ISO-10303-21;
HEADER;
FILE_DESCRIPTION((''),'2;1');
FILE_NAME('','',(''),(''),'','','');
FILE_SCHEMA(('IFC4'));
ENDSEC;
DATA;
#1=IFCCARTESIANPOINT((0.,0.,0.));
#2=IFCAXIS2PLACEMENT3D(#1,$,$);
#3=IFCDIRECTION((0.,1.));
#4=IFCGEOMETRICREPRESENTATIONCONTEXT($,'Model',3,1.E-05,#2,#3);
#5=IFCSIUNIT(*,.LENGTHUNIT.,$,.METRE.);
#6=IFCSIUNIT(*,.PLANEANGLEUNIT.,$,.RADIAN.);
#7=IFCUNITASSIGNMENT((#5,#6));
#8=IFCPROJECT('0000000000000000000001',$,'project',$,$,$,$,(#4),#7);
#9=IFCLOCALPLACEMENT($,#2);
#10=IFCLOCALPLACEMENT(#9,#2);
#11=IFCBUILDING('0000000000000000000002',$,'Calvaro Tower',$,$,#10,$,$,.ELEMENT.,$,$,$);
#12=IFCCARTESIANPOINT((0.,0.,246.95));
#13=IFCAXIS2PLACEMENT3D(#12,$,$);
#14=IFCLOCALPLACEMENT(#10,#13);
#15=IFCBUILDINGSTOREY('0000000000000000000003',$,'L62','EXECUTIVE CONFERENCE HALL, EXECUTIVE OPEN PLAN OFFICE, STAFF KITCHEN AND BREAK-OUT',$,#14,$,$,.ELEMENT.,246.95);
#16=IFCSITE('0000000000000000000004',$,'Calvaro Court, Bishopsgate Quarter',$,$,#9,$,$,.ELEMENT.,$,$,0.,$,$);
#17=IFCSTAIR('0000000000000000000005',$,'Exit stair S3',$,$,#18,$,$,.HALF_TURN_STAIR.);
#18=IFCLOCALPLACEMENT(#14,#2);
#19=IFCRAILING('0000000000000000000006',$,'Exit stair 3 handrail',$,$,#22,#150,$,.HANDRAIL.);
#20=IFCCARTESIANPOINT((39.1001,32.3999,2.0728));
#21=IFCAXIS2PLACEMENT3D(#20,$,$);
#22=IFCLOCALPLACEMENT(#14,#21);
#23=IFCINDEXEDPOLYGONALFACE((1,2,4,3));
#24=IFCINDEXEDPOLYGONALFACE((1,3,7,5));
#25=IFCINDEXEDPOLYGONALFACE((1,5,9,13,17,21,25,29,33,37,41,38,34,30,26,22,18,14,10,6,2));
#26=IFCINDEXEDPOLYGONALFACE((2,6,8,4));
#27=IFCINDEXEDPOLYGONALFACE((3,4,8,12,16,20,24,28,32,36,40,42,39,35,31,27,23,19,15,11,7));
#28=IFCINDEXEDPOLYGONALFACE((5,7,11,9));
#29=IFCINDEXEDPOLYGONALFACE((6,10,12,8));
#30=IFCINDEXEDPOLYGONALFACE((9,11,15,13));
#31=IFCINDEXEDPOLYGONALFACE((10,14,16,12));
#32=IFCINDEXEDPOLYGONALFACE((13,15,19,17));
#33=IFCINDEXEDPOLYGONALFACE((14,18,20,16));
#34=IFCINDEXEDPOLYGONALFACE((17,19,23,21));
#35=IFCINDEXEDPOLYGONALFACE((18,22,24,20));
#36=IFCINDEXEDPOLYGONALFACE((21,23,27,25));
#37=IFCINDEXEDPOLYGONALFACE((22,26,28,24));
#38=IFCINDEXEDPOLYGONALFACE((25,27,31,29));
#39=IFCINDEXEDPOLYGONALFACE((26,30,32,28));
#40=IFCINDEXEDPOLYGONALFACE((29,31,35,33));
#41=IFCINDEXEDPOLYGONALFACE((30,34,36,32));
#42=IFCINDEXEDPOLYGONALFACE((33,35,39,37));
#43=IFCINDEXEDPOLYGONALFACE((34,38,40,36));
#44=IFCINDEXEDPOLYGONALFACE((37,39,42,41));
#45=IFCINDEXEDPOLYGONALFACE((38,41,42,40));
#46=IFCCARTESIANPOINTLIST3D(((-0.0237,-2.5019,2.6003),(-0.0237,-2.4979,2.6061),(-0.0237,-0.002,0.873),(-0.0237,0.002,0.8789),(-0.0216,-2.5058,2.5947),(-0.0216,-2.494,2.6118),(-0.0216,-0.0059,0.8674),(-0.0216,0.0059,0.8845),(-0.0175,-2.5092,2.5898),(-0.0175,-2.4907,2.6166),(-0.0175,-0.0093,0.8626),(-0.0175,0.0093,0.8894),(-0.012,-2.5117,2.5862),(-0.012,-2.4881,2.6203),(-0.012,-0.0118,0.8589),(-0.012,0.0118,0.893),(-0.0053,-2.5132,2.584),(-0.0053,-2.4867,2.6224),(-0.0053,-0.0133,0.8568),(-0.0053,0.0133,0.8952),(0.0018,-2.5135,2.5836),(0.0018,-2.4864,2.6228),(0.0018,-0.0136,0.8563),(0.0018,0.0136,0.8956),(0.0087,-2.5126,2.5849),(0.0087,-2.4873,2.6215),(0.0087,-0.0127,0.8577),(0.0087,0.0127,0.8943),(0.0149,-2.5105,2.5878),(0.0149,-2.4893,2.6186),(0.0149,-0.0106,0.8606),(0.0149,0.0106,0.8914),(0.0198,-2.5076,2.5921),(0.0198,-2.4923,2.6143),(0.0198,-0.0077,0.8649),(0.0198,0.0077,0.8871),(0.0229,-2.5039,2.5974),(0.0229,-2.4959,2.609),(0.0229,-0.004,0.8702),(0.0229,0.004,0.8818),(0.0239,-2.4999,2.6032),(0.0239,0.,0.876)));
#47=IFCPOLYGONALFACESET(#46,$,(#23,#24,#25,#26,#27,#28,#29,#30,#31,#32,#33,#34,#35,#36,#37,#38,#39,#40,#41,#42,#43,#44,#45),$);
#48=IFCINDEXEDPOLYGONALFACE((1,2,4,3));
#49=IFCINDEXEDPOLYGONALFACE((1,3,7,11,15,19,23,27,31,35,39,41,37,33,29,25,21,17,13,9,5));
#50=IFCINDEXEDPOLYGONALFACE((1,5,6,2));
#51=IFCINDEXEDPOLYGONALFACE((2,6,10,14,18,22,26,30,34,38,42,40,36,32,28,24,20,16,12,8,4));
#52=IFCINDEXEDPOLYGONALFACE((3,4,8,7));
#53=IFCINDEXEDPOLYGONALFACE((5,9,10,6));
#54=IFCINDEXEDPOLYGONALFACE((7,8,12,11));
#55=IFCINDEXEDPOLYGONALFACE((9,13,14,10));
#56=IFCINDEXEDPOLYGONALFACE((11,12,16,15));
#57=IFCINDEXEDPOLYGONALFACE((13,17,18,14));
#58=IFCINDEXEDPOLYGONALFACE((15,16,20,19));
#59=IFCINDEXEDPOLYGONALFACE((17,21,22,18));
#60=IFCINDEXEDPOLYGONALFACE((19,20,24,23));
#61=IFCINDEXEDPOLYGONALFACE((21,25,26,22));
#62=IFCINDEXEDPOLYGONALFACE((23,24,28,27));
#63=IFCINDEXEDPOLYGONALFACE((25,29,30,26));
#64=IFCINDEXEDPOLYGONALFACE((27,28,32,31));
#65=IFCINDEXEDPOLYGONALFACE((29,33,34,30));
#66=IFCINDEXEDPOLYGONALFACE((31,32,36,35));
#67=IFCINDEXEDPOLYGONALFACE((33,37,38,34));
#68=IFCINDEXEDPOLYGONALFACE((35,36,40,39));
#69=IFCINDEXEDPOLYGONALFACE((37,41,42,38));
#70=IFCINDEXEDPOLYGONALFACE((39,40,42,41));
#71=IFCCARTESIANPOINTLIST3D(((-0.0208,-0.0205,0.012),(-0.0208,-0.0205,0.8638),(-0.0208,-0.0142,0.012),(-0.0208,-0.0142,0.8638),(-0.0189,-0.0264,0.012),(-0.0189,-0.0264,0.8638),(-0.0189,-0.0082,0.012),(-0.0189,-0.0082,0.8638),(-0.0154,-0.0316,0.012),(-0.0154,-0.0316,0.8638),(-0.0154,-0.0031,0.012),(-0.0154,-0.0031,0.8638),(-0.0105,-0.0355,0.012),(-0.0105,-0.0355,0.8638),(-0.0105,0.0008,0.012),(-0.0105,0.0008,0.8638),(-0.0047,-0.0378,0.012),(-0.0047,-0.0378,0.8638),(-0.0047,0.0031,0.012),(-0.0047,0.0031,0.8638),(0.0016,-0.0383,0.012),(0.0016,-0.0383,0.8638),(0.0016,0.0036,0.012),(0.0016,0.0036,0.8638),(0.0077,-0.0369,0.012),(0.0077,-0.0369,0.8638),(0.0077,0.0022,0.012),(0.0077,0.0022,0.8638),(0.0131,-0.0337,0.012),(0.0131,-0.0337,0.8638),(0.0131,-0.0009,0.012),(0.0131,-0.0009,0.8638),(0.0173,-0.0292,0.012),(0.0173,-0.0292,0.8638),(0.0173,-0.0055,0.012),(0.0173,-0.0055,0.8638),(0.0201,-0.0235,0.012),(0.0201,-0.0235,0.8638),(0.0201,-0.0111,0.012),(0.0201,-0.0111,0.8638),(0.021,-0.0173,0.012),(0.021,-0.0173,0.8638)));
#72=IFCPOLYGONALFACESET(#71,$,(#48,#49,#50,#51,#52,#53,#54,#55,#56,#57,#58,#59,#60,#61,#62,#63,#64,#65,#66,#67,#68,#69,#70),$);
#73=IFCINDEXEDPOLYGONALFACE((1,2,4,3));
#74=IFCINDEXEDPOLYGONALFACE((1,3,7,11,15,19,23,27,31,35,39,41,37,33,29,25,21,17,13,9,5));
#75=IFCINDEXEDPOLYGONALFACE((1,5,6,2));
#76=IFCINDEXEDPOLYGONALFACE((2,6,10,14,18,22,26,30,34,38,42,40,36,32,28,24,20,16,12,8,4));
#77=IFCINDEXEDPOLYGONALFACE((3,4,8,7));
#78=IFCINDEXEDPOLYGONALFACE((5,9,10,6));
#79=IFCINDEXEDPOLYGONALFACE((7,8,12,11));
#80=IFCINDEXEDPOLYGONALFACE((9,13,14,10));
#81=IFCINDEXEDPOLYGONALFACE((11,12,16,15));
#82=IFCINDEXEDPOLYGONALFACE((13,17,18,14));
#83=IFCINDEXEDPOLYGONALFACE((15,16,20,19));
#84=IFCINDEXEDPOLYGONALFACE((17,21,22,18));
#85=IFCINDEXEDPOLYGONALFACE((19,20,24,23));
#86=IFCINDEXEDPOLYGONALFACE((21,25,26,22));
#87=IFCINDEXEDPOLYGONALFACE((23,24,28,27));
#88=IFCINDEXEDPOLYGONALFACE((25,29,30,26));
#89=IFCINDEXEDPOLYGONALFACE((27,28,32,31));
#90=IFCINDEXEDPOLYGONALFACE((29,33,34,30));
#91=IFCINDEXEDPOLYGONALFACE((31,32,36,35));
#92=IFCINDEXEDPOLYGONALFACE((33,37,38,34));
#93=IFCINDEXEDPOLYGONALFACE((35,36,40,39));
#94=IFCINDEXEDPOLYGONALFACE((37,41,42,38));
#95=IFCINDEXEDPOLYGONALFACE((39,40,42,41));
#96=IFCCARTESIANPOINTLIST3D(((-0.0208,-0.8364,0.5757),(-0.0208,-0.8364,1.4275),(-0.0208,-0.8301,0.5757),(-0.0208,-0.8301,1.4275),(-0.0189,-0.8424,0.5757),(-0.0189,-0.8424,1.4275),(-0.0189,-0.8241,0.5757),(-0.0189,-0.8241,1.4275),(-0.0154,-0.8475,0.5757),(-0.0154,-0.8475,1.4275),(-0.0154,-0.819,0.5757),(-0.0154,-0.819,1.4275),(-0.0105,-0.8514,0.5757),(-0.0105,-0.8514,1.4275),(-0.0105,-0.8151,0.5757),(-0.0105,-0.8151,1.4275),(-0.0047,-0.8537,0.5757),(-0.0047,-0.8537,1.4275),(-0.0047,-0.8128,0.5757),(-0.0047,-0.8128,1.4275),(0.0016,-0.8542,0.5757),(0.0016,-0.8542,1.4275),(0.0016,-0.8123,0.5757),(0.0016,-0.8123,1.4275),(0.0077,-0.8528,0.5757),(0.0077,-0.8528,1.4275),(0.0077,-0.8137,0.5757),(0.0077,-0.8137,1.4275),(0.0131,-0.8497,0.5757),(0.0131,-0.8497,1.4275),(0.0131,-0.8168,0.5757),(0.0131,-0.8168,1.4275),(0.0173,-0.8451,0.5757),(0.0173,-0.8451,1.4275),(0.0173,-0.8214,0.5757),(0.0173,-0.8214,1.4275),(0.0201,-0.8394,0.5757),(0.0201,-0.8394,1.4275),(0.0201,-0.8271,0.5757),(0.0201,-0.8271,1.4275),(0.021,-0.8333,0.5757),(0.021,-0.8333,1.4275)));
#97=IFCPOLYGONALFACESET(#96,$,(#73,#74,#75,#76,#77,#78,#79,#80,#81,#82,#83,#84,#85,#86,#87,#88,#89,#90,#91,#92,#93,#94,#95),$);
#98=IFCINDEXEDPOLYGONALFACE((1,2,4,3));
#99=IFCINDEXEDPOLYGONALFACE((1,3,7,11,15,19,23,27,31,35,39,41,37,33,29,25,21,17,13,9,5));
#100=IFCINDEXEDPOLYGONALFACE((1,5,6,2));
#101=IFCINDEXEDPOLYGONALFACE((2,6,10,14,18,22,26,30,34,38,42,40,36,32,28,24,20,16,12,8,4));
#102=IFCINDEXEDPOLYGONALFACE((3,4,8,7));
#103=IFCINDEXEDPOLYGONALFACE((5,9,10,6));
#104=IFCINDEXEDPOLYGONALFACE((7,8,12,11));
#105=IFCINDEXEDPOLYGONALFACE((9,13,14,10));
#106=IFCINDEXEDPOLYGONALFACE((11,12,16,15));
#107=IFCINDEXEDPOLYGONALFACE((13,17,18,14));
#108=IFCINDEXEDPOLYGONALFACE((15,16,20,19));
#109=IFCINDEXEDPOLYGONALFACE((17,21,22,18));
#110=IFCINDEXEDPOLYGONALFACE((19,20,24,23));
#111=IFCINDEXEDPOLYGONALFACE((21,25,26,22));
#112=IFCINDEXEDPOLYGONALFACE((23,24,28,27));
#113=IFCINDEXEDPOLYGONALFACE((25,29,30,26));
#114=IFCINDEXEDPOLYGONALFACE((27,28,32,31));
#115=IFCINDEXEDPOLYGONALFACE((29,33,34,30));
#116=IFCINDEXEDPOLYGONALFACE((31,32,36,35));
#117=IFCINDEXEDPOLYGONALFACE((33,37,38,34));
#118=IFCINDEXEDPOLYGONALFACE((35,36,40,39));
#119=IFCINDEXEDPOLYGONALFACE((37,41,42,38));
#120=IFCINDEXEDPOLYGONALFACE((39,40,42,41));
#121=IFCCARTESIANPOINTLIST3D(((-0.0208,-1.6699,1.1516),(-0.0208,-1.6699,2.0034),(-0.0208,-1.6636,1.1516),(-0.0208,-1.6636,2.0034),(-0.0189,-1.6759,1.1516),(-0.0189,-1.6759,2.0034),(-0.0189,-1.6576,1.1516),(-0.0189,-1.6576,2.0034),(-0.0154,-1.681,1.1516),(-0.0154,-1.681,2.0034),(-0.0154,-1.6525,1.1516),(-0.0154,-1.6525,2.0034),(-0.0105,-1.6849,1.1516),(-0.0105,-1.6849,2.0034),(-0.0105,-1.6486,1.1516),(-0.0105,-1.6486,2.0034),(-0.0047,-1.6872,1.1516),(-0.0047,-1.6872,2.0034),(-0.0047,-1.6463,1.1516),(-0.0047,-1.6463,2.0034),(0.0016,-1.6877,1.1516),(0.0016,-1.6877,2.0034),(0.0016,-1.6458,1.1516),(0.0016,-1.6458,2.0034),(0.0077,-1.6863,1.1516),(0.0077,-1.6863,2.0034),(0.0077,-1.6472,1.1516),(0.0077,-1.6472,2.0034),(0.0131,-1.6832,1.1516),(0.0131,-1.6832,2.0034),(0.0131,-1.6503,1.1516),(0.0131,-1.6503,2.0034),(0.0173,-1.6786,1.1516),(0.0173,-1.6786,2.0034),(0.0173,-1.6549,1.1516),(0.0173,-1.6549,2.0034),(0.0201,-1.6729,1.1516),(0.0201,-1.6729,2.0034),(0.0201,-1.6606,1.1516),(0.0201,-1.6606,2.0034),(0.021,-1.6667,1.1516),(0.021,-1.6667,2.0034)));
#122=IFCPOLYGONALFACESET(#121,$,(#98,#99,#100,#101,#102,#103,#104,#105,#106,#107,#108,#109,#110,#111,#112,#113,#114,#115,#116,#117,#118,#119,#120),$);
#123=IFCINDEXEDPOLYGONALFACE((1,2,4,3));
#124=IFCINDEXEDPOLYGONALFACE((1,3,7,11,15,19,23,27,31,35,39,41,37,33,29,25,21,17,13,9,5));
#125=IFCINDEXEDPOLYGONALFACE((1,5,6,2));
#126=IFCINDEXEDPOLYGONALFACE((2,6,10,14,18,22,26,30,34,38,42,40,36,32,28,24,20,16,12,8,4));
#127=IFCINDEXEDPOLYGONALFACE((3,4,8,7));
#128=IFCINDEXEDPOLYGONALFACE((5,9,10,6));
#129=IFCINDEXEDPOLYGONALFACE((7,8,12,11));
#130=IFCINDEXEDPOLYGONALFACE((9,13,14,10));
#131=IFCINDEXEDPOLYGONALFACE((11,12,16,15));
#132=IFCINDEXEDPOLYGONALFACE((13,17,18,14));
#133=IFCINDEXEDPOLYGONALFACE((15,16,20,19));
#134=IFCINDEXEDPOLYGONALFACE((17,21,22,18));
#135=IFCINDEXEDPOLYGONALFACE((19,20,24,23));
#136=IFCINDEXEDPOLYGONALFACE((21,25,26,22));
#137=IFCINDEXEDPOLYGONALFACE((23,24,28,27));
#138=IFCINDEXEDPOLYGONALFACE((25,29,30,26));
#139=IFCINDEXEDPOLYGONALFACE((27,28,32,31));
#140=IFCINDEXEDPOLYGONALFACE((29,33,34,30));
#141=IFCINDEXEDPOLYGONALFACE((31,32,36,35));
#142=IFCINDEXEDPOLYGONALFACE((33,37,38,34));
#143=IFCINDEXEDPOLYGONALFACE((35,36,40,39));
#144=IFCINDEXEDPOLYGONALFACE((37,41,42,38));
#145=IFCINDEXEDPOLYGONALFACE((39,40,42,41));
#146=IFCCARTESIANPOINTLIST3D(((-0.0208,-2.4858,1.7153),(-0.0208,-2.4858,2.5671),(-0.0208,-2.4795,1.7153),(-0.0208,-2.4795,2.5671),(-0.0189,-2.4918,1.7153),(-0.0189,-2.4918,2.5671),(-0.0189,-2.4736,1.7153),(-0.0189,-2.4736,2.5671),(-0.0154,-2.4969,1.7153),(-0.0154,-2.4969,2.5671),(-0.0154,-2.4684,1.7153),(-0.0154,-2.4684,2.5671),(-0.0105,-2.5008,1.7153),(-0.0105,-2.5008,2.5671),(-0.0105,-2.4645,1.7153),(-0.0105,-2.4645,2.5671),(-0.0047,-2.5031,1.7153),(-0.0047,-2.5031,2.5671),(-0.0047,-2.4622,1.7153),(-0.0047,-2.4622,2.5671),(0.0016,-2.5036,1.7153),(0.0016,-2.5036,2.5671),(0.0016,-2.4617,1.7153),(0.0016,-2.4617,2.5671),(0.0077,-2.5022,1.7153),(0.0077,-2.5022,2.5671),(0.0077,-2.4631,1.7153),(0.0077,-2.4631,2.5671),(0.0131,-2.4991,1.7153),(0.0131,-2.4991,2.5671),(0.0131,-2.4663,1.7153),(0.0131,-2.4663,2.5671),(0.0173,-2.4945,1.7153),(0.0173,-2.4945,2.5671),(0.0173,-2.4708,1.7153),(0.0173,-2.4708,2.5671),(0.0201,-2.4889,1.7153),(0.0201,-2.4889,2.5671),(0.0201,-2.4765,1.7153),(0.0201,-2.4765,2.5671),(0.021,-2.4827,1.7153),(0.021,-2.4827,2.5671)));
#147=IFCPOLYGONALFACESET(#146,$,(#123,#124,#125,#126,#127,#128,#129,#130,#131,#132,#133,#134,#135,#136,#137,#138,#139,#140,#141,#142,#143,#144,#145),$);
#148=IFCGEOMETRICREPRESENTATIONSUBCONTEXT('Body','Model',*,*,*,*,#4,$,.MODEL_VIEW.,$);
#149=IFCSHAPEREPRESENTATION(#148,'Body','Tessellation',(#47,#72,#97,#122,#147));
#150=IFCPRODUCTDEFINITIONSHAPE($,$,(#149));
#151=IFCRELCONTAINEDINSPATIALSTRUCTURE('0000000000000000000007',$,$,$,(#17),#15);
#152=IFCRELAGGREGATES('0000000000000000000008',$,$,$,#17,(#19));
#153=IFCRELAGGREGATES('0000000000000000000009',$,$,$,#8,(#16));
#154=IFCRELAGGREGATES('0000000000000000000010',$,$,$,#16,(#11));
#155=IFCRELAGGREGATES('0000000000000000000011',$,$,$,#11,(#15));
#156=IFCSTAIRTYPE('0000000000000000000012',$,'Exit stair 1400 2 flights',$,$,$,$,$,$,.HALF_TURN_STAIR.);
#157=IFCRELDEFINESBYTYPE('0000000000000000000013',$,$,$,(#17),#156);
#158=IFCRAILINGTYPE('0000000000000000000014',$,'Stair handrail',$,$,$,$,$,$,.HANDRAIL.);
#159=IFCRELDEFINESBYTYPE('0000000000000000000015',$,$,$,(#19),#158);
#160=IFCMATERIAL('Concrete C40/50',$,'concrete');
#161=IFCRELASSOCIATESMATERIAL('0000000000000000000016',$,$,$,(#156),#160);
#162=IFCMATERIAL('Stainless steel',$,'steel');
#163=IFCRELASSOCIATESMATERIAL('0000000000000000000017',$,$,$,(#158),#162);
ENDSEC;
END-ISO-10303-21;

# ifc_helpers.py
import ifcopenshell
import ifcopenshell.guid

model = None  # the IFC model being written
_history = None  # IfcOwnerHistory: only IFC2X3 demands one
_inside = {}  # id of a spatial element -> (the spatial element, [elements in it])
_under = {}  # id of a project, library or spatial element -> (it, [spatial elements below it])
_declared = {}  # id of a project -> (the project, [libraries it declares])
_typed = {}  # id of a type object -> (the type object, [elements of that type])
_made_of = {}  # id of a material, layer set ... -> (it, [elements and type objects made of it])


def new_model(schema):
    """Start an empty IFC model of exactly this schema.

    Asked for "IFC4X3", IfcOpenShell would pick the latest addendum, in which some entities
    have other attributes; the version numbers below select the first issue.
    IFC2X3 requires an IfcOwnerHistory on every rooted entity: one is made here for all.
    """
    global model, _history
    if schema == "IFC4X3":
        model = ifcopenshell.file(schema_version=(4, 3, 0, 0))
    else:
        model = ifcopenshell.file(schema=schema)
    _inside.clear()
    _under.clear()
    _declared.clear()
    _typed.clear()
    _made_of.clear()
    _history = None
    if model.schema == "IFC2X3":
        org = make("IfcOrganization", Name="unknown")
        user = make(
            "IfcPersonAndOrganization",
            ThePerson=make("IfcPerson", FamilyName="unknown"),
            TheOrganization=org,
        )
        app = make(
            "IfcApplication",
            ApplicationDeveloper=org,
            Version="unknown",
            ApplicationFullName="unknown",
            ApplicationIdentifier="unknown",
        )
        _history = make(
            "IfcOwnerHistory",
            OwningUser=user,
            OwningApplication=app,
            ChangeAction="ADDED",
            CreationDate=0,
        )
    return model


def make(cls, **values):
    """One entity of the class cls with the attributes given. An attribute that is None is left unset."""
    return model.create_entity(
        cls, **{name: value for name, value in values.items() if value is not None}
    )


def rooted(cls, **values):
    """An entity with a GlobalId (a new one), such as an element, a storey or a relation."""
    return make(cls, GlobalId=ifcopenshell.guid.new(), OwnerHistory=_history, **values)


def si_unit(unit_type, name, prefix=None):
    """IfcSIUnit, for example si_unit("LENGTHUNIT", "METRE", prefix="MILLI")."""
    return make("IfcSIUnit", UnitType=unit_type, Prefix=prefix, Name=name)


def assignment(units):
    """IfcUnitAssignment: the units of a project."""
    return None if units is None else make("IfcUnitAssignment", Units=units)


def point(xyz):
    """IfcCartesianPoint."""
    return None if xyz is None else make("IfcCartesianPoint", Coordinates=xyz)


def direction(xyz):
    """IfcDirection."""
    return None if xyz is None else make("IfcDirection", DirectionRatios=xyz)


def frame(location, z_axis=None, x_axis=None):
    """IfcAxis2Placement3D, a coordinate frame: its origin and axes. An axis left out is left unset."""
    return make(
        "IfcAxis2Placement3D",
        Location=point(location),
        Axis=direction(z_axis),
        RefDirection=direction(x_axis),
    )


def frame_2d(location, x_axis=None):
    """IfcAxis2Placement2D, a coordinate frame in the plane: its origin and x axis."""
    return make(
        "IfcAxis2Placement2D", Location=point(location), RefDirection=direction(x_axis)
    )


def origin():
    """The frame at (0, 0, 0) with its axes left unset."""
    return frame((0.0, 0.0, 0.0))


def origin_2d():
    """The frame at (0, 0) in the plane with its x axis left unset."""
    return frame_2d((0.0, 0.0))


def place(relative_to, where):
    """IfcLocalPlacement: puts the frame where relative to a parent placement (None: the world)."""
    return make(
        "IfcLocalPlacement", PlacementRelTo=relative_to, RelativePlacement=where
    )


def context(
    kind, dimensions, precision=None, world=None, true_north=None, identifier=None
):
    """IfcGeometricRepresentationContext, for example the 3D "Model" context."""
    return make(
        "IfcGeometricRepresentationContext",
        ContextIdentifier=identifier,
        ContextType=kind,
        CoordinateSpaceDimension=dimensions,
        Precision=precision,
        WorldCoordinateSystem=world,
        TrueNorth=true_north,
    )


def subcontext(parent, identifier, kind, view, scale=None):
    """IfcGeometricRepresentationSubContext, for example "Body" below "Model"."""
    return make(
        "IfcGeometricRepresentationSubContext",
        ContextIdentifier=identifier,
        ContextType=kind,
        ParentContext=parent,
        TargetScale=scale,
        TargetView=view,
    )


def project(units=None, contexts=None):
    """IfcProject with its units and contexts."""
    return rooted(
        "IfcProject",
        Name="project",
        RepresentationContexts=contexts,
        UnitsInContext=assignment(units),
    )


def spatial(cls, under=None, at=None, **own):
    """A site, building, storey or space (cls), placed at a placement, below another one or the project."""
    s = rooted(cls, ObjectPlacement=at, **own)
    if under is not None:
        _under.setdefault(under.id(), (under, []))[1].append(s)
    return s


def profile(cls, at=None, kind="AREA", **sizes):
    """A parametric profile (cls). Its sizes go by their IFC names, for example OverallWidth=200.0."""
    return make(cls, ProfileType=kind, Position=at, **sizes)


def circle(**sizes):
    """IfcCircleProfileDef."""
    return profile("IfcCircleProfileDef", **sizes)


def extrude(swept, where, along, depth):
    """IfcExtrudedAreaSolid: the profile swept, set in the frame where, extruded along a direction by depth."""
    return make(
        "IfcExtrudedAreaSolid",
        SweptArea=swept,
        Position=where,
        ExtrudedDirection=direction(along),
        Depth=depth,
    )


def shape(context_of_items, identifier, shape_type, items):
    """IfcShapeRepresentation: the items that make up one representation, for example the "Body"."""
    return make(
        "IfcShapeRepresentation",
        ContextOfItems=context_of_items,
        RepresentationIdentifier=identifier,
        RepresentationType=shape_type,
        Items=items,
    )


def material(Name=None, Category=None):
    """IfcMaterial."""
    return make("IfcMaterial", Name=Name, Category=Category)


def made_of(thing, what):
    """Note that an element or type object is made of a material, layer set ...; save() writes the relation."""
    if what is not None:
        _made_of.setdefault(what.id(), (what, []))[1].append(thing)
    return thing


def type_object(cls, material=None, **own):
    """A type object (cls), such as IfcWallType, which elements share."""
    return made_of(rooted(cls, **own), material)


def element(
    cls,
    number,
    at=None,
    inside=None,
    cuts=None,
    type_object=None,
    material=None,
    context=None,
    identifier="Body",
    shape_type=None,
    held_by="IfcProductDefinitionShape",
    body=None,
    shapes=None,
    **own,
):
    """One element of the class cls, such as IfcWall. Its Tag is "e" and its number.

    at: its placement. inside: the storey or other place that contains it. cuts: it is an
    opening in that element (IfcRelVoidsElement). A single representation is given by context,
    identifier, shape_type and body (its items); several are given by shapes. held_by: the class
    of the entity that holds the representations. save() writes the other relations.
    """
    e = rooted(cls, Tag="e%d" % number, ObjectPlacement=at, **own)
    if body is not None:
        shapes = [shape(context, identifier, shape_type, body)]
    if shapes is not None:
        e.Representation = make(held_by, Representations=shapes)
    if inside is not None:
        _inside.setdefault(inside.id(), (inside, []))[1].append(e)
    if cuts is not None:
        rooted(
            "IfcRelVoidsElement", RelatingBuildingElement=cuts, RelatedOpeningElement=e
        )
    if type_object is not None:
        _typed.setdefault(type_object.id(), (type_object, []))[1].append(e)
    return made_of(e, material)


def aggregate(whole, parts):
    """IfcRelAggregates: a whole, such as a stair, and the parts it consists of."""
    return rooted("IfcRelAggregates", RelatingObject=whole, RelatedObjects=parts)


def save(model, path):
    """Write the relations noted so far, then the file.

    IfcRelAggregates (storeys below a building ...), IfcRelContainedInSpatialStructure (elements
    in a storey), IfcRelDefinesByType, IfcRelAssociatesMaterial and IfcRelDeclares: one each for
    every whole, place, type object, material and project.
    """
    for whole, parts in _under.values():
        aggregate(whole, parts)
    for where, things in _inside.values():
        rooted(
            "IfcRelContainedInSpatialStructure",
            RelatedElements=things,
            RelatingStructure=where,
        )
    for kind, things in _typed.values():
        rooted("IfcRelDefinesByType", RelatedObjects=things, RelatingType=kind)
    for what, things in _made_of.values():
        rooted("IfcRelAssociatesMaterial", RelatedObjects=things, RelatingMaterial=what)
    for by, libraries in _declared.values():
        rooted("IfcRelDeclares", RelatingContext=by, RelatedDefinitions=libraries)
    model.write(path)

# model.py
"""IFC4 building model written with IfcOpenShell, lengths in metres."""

from ifc_helpers import new_model, si_unit, direction, frame, origin, origin_2d, place, context, subcontext, project, spatial, circle, extrude, material, type_object, element, aggregate, save


model = new_model("IFC4")

# Units and contexts
model_context = context("Model", 3, precision=1e-05, world=origin(), true_north=direction((0.0, 1.0)))
body_context = subcontext(model_context, "Body", "Model", "MODEL_VIEW")
ifc_project = project(units=[si_unit("LENGTHUNIT", "METRE"), si_unit("PLANEANGLEUNIT", "RADIAN")], contexts=[model_context])

# Site, building, storey
site_placement = place(None, origin())
site = spatial("IfcSite", under=ifc_project, at=site_placement, Name="Calvaro Court, Bishopsgate Quarter", CompositionType="ELEMENT", RefElevation=0.0)
building_placement = place(site_placement, origin())
building = spatial("IfcBuilding", under=site, at=building_placement, Name="Calvaro Tower", CompositionType="ELEMENT")
storey_placement = place(building_placement, frame((0.0, 0.0, 246.95)))
storey = spatial("IfcBuildingStorey", under=building, at=storey_placement, Name="L62", Description="EXECUTIVE CONFERENCE HALL, EXECUTIVE OPEN PLAN OFFICE, STAFF KITCHEN AND BREAK-OUT", CompositionType="ELEMENT", Elevation=246.95)

# Stair
ifc_material_1 = material(Name="Concrete C40/50", Category="concrete")
stair_type = type_object("IfcStairType", Name="Exit stair 1400 2 flights", PredefinedType="HALF_TURN_STAIR", material=ifc_material_1)
stair_1_placement = place(storey_placement, origin())
stair_1 = element("IfcStair", 1, at=stair_1_placement, inside=storey, type_object=stair_type, Name="Exit stair S3", PredefinedType="HALF_TURN_STAIR")

# Railing
ifc_material_2 = material(Name="Stainless steel", Category="steel")
railing_type = type_object("IfcRailingType", Name="Stair handrail", PredefinedType="HANDRAIL", material=ifc_material_2)
railing_1_placement = place(storey_placement, frame((39.1001, 32.3999, 2.0728)))
railing_1 = element("IfcRailing", 2, at=railing_1_placement, type_object=railing_type, Name="Exit stair 3 handrail", PredefinedType="HANDRAIL", context=body_context, shape_type="SweptSolid", body=[
    extrude(circle(Radius=0.0239, at=origin_2d()), frame((0.0, 0.0, 0.876), z_axis=(0.0, -0.822727, 0.568437), x_axis=(1.0, 0.0, 0.0)), (0.0, 0.0, 1.0), 3.0386),
    extrude(circle(Radius=0.021, at=origin_2d()), frame((0.0, -0.0173, 0.012)), (0.0, 0.0, 1.0), 0.8518),
    extrude(circle(Radius=0.021, at=origin_2d()), frame((0.0, -0.8333, 0.5757)), (0.0, 0.0, 1.0), 0.8518),
    extrude(circle(Radius=0.021, at=origin_2d()), frame((0.0, -1.6667, 1.1516)), (0.0, 0.0, 1.0), 0.8518),
    extrude(circle(Radius=0.021, at=origin_2d()), frame((0.0, -2.4827, 1.7153)), (0.0, 0.0, 1.0), 0.8518),
])
aggregate(stair_1, [railing_1])

save(model, "model.ifc")
